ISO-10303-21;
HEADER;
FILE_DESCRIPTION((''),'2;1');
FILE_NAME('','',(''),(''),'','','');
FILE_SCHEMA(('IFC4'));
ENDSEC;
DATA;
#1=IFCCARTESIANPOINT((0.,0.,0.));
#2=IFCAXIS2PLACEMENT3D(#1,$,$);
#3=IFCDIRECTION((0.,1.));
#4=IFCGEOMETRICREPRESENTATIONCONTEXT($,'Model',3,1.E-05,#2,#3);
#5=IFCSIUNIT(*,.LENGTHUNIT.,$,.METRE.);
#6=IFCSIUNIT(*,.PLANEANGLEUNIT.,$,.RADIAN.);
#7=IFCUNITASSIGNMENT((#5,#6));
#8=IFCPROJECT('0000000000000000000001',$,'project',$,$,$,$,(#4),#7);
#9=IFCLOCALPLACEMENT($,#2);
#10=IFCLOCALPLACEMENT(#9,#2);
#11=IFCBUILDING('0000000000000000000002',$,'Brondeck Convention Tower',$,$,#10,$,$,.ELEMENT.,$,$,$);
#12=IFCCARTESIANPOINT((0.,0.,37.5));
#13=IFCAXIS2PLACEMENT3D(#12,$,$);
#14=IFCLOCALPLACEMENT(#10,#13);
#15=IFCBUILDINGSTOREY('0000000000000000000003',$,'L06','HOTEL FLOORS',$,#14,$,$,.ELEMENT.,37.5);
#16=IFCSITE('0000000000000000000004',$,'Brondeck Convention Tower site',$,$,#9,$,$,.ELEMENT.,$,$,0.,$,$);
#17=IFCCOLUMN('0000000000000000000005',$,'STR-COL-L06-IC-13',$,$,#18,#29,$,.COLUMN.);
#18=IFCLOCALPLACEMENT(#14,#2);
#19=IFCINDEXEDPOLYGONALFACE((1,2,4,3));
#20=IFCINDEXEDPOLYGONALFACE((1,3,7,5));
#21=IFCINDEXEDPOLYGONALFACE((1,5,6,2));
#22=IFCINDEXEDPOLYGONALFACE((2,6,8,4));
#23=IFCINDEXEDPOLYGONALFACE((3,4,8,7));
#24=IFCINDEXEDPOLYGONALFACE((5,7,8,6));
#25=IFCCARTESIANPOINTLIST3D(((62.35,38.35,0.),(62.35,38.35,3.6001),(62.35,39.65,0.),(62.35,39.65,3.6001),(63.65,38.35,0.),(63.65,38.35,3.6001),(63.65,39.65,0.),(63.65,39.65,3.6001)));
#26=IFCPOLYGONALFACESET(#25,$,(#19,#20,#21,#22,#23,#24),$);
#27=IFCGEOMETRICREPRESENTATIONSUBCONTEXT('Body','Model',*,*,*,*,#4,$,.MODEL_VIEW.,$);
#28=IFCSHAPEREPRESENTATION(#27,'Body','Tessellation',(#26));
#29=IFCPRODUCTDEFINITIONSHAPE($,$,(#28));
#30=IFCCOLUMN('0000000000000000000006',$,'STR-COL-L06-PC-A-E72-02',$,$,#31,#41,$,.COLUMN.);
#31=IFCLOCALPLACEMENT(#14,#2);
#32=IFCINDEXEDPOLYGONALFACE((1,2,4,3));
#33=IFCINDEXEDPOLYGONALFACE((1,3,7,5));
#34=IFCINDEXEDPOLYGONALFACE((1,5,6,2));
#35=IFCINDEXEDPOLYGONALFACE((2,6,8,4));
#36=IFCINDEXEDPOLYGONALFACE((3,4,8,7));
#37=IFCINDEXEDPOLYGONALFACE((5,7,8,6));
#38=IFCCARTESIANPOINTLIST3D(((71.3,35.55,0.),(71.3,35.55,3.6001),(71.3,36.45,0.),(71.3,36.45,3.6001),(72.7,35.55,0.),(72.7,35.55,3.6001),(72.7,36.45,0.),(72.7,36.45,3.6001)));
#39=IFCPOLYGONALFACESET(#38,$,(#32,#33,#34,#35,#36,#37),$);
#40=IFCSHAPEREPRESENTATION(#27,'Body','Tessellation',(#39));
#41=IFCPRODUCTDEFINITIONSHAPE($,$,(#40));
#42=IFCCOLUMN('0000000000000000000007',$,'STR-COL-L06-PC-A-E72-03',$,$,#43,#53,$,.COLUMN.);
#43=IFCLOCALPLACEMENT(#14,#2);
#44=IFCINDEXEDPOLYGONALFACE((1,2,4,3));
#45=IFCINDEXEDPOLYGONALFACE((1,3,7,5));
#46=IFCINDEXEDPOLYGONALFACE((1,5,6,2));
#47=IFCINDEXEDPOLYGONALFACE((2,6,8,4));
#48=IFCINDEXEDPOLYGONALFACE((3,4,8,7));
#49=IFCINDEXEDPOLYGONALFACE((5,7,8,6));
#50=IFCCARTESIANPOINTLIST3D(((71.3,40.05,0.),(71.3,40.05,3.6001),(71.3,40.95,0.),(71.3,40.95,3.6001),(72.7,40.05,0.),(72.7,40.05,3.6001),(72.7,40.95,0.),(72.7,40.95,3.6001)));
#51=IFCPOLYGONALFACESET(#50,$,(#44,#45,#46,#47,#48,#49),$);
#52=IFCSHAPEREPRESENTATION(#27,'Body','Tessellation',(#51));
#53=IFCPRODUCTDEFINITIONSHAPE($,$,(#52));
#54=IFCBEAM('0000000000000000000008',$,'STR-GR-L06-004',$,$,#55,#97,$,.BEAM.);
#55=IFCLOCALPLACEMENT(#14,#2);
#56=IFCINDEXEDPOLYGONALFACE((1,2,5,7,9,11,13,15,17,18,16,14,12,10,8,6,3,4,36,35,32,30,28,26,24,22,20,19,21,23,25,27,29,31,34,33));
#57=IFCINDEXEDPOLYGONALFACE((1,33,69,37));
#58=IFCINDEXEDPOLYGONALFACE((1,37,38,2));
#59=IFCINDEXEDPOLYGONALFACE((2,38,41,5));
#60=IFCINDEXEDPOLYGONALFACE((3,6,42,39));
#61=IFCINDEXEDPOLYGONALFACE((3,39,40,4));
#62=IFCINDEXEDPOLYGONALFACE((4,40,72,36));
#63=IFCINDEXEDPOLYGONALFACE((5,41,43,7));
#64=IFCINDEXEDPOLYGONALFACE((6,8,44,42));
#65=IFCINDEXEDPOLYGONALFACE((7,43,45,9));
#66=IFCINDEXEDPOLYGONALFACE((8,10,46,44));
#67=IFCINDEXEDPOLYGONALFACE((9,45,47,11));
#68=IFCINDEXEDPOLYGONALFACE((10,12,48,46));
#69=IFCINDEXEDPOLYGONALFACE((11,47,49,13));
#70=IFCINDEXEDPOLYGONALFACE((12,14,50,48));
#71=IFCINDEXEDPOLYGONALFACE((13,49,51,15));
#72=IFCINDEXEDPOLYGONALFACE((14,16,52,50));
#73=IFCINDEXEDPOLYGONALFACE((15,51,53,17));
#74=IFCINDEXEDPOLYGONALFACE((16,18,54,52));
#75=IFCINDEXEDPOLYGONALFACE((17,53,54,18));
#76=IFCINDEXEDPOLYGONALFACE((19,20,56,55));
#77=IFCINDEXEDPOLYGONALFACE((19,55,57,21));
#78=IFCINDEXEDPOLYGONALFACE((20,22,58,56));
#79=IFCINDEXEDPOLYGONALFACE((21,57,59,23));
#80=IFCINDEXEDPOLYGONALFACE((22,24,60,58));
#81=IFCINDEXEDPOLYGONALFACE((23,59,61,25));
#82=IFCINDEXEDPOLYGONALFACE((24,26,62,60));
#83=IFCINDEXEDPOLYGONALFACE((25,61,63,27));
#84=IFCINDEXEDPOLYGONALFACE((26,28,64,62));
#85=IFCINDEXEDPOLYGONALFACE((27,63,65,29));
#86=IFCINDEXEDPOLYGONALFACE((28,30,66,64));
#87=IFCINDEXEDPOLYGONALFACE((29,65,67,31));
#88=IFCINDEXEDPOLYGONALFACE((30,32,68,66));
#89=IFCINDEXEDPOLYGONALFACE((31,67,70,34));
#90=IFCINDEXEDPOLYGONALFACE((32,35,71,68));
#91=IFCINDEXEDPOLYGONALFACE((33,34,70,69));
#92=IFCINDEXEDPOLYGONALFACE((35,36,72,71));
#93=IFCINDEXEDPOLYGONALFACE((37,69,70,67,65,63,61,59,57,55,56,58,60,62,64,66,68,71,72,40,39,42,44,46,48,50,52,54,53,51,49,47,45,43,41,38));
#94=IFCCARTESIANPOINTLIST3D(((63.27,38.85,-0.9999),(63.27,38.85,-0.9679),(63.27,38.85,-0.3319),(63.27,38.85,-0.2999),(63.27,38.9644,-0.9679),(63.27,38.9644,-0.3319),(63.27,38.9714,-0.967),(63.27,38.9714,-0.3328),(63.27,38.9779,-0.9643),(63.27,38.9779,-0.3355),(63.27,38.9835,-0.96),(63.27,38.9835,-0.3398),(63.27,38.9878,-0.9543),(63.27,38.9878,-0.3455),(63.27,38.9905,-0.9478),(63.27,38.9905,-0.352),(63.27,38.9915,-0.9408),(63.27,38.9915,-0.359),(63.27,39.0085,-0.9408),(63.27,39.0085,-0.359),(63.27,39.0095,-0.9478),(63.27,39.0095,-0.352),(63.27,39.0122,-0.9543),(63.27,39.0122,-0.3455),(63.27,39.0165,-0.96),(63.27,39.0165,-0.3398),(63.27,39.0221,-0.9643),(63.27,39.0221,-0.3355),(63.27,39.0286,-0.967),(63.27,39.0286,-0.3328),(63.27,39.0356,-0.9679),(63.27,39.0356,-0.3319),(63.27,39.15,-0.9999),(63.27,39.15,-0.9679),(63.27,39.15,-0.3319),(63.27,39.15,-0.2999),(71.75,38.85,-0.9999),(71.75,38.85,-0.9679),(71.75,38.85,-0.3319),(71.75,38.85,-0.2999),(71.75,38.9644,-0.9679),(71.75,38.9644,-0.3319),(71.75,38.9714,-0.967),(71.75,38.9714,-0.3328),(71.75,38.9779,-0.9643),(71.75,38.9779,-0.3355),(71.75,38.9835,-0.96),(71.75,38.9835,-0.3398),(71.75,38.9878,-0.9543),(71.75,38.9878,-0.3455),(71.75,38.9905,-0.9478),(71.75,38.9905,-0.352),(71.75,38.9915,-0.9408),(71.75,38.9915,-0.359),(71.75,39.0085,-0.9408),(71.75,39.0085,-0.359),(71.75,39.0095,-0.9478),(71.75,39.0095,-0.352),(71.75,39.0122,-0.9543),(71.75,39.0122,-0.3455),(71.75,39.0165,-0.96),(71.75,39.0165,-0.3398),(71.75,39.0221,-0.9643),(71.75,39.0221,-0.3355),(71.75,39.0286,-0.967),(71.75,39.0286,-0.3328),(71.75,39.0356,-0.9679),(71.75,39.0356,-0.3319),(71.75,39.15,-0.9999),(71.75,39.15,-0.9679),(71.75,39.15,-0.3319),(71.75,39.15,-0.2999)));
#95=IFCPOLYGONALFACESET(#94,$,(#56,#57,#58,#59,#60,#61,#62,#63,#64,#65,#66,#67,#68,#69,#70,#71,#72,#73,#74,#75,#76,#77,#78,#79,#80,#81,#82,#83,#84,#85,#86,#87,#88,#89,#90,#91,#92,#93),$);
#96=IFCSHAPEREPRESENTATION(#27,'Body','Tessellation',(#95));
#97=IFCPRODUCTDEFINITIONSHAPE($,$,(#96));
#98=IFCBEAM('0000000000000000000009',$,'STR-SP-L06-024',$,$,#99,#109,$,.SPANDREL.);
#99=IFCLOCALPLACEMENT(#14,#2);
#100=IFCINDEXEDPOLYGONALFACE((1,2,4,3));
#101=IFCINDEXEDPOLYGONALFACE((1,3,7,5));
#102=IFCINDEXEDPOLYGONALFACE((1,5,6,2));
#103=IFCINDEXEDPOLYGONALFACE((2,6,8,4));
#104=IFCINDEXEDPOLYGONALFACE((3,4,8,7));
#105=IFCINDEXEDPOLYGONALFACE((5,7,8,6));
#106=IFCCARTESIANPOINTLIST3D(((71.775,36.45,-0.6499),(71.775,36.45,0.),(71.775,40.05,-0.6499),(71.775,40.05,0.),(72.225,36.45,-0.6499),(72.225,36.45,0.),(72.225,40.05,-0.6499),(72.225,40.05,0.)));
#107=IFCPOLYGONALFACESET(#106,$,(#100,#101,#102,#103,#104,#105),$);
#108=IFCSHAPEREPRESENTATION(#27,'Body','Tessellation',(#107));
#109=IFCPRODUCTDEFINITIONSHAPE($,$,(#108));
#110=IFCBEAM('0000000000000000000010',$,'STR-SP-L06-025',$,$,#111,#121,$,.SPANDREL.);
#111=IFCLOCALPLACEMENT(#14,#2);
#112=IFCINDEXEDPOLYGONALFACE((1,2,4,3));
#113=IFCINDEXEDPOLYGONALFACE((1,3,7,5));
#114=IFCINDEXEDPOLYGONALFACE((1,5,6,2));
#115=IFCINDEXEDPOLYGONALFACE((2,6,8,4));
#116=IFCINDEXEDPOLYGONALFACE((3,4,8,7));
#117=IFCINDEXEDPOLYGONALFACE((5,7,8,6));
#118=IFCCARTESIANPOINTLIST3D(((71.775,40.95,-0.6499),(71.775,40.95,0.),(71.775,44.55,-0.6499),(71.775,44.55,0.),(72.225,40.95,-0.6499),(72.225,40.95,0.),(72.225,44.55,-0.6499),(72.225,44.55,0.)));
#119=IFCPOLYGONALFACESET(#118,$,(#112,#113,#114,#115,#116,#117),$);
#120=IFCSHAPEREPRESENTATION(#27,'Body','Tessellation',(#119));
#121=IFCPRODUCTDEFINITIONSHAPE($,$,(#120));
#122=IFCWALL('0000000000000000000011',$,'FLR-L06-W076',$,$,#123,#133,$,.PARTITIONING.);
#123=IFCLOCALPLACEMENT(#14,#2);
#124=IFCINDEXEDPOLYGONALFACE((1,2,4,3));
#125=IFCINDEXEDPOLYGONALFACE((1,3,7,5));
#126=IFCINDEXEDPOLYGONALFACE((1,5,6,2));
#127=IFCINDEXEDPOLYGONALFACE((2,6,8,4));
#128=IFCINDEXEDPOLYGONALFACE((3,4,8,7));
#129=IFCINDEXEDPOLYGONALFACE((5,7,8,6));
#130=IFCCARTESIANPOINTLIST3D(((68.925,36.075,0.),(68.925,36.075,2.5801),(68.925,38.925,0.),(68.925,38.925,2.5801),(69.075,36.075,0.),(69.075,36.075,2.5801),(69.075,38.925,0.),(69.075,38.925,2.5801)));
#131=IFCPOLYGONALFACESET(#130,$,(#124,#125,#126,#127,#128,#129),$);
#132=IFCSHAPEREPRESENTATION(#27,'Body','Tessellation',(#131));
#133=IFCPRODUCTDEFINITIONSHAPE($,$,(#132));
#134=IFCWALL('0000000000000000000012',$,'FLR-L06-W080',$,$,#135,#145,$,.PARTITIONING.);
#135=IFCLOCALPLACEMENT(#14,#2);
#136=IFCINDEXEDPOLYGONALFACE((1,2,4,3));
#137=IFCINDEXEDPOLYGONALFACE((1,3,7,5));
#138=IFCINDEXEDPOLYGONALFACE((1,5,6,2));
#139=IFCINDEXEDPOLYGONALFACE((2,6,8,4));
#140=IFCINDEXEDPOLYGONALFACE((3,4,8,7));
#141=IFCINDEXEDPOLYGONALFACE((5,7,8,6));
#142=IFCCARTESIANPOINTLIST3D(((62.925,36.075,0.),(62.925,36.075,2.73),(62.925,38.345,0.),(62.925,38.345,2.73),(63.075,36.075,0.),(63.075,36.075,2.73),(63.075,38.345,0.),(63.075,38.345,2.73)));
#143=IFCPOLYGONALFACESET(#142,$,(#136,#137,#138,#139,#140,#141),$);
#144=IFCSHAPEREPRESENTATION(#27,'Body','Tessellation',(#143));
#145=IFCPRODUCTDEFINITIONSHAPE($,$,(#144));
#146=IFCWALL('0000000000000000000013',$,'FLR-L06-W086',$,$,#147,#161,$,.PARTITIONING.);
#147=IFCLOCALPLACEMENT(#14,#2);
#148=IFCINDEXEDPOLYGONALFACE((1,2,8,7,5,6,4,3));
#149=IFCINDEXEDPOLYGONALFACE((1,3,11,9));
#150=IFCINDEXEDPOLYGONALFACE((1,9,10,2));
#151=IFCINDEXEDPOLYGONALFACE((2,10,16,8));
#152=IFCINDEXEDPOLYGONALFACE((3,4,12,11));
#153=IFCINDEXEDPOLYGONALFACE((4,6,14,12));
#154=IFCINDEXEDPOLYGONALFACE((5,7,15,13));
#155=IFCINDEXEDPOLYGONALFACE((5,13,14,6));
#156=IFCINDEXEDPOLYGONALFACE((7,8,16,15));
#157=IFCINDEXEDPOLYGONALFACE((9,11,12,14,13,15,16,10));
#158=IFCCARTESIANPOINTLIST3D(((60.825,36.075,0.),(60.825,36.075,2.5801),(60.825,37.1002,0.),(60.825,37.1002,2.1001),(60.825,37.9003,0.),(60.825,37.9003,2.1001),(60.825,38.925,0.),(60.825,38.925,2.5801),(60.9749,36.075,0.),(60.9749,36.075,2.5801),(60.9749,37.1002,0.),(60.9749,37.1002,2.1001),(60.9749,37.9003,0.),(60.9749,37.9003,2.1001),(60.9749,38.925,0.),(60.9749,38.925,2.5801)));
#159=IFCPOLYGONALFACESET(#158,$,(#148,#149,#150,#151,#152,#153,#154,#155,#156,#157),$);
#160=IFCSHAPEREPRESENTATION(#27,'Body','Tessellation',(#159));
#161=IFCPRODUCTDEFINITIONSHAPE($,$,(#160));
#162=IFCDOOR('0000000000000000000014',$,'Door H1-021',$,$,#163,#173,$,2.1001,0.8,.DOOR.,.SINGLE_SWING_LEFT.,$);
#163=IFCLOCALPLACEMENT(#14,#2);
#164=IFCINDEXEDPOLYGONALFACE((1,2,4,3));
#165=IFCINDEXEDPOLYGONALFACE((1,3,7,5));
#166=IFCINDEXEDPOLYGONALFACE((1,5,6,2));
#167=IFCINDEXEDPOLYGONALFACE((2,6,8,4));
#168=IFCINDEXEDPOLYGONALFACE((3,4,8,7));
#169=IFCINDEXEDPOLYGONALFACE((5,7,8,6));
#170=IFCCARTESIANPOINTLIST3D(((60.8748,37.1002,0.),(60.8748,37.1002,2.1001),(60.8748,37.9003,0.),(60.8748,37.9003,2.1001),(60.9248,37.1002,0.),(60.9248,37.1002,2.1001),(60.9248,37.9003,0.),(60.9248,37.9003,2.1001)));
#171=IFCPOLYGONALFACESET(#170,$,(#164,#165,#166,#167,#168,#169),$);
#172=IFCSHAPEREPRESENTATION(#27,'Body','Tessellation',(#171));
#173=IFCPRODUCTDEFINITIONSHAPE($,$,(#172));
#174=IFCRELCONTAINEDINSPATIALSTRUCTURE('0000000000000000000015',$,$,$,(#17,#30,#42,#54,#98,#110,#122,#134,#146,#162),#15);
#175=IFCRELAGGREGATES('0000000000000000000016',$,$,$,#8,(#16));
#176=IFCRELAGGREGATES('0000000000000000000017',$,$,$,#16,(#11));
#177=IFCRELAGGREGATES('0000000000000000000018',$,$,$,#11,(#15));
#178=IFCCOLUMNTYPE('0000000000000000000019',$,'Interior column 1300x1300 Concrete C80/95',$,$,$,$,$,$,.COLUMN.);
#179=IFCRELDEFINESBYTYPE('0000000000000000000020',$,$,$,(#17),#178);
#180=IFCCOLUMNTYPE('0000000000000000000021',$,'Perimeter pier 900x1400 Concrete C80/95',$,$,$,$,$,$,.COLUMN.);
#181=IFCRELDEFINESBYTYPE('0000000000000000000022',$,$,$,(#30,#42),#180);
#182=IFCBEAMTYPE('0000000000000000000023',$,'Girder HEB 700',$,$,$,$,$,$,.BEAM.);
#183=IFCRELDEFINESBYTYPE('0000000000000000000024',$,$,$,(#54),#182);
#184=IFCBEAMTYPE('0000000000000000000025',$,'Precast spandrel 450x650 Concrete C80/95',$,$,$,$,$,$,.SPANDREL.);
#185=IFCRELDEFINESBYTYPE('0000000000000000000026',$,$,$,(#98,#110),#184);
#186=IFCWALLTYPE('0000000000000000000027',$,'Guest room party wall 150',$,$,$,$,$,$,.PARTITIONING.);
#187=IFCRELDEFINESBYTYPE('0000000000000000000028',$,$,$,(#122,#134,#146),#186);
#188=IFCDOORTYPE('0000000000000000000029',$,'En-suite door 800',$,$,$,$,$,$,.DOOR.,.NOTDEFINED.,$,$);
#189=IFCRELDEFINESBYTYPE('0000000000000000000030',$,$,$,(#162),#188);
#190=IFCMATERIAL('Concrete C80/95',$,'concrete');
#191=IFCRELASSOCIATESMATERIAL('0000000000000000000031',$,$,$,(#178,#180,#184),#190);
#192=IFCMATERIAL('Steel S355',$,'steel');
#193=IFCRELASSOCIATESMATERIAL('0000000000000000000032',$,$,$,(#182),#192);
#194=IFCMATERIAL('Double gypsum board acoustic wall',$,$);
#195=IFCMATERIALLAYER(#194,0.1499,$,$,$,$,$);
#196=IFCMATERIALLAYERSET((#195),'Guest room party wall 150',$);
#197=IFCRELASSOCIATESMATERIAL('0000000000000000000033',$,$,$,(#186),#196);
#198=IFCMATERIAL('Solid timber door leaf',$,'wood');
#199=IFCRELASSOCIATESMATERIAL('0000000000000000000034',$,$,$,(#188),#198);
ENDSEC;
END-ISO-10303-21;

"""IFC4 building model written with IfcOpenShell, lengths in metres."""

from ifc_helpers import new_model, si_unit, direction, frame, frame_2d, origin, origin_2d, place, context, subcontext, project, spatial, rectangle, i_section, extrude, material, layer, layer_set, material_profile, profile_set, type_object, element, fill, save


model = new_model("IFC4")

# Units and contexts
model_context = context("Model", 3, precision=1e-05, world=origin(), true_north=direction((0.0, 1.0)))
body_context = subcontext(model_context, "Body", "Model", "MODEL_VIEW")
ifc_project = project(units=[si_unit("LENGTHUNIT", "METRE"), si_unit("PLANEANGLEUNIT", "RADIAN")], contexts=[model_context])

# Site, building, storey
site_placement = place(None, origin())
site = spatial("IfcSite", under=ifc_project, at=site_placement, Name="Brondeck Convention Tower site", CompositionType="ELEMENT", RefElevation=0.0)
building_placement = place(site_placement, origin())
building = spatial("IfcBuilding", under=site, at=building_placement, Name="Brondeck Convention Tower", CompositionType="ELEMENT")
storey_placement = place(building_placement, frame((0.0, 0.0, 37.5)))
storey = spatial("IfcBuildingStorey", under=building, at=storey_placement, Name="L06", Description="HOTEL FLOORS", CompositionType="ELEMENT", Elevation=37.5)

# Columns
ifc_material_1 = material(Name="Concrete C80/95", Category="concrete")
ifc_material_profile_1 = material_profile(ifc_material_1, rectangle(XDim=1.3, YDim=1.3, at=origin_2d()), Name="Interior column 1300x1300 Concrete C80/95")
ifc_profile_set_1 = profile_set([ifc_material_profile_1], Name="Concrete C80/95")
column_type_1 = type_object("IfcColumnType", Name="Interior column 1300x1300 Concrete C80/95", PredefinedType="COLUMN", material=ifc_profile_set_1)
column_placement = place(storey_placement, frame((63.0, 39.0, 0.0), z_axis=(0.0, 0.0, 1.0), x_axis=(1.0, 0.0, 0.0)))
element("IfcColumn", 1, at=column_placement, inside=storey, type_object=column_type_1, Name="STR-COL-L06-IC-13", PredefinedType="COLUMN", context=body_context, shape_type="SweptSolid", body=[
    extrude(rectangle(XDim=1.3, YDim=1.3, at=origin_2d()), origin(), (0.0, 0.0, 1.0), 3.6001),
])
ifc_material_profile_2 = material_profile(ifc_material_1, rectangle(XDim=0.8999, YDim=1.3999, at=origin_2d()), Name="Perimeter pier 900x1400 Concrete C80/95")
ifc_profile_set_2 = profile_set([ifc_material_profile_2], Name="Concrete C80/95")
column_type_2 = type_object("IfcColumnType", Name="Perimeter pier 900x1400 Concrete C80/95", PredefinedType="COLUMN", material=ifc_profile_set_2)
for number, where, z_axis, x_axis, name in (
    (2, (72.0, 36.0, 0.0), (0.0, 0.0, 1.0), (0.0, 1.0, 0.0), "STR-COL-L06-PC-A-E72-02"),
    (3, (72.0, 40.5, 0.0), (0.0, 0.0, 1.0), (0.0, 1.0, 0.0), "STR-COL-L06-PC-A-E72-03"),
):
    element("IfcColumn", number, at=place(storey_placement, frame(where, z_axis=z_axis, x_axis=x_axis)), inside=storey, type_object=column_type_2, Name=name, PredefinedType="COLUMN", context=body_context, shape_type="SweptSolid", body=[
        extrude(rectangle(XDim=0.8999, YDim=1.3999, at=origin_2d()), origin(), (0.0, 0.0, 1.0), 3.6001),
    ])

# Beams
ifc_material_2 = material(Name="Steel S355", Category="steel")
ifc_material_profile_3 = material_profile(ifc_material_2, i_section(OverallWidth=0.3, OverallDepth=0.7, WebThickness=0.0171, FlangeThickness=0.032, FilletRadius=0.0271, at=origin_2d()), Name="HEB 700")
ifc_profile_set_3 = profile_set([ifc_material_profile_3], Name="Steel S355")
beam_type_1 = type_object("IfcBeamType", Name="Girder HEB 700", PredefinedType="BEAM", material=ifc_profile_set_3)
beam_placement = place(storey_placement, frame((63.27, 39.0, -0.6499), z_axis=(1.0, 0.0, 0.0), x_axis=(0.0, 1.0, 0.0)))
element("IfcBeam", 4, at=beam_placement, inside=storey, type_object=beam_type_1, Name="STR-GR-L06-004", PredefinedType="BEAM", context=body_context, shape_type="SweptSolid", body=[
    extrude(i_section(OverallWidth=0.3, OverallDepth=0.7, WebThickness=0.0171, FlangeThickness=0.032, FilletRadius=0.0271, at=origin_2d()), origin(), (0.0, 0.0, 1.0), 8.48),
])
ifc_material_profile_4 = material_profile(ifc_material_1, rectangle(XDim=0.45, YDim=0.6499, at=origin_2d()), Name="Precast spandrel 450x650 Concrete C80/95")
ifc_profile_set_4 = profile_set([ifc_material_profile_4], Name="Concrete C80/95")
beam_type_2 = type_object("IfcBeamType", Name="Precast spandrel 450x650 Concrete C80/95", PredefinedType="SPANDREL", material=ifc_profile_set_4)
for number, where, z_axis, x_axis, name in (
    (5, (72.0, 36.45, -0.325), (0.0, 1.0, 0.0), (-1.0, 0.0, 0.0), "STR-SP-L06-024"),
    (6, (72.0, 40.95, -0.325), (0.0, 1.0, 0.0), (-1.0, 0.0, 0.0), "STR-SP-L06-025"),
):
    element("IfcBeam", number, at=place(storey_placement, frame(where, z_axis=z_axis, x_axis=x_axis)), inside=storey, type_object=beam_type_2, Name=name, PredefinedType="SPANDREL", context=body_context, shape_type="SweptSolid", body=[
        extrude(rectangle(XDim=0.45, YDim=0.6499, at=origin_2d()), origin(), (0.0, 0.0, 1.0), 3.6001),
    ])

# Walls
ifc_material_3 = material(Name="Double gypsum board acoustic wall")
ifc_layer_1 = layer(ifc_material_3, 0.1499)
ifc_layer_set_1 = layer_set([ifc_layer_1], Name="Guest room party wall 150")
wall_type_1 = type_object("IfcWallType", Name="Guest room party wall 150", PredefinedType="PARTITIONING", material=ifc_layer_set_1)
wall_1_placement = place(storey_placement, frame((69.0, 36.075, 0.0), z_axis=(0.0, 0.0, 1.0), x_axis=(0.0, 1.0, 0.0)))
element("IfcWall", 7, at=wall_1_placement, inside=storey, type_object=wall_type_1, Name="FLR-L06-W076", PredefinedType="PARTITIONING", context=body_context, shape_type="SweptSolid", body=[
    extrude(rectangle(XDim=2.8501, YDim=0.1499, at=frame_2d((1.425, 0.0))), origin(), (0.0, 0.0, 1.0), 2.5801),
])
wall_2_placement = place(storey_placement, frame((63.0, 38.345, 0.0), z_axis=(0.0, 0.0, 1.0), x_axis=(0.0, -1.0, 0.0)))
element("IfcWall", 8, at=wall_2_placement, inside=storey, type_object=wall_type_1, Name="FLR-L06-W080", PredefinedType="PARTITIONING", context=body_context, shape_type="SweptSolid", body=[
    extrude(rectangle(XDim=2.27, YDim=0.1499, at=frame_2d((1.135, 0.0))), origin(), (0.0, 0.0, 1.0), 2.73),
])

# Wall, opening, door
wall_3_placement = place(storey_placement, frame((60.8999, 38.925, 0.0), z_axis=(0.0, 0.0, 1.0), x_axis=(0.0, -1.0, 0.0)))
wall_3 = element("IfcWall", 9, at=wall_3_placement, inside=storey, type_object=wall_type_1, Name="FLR-L06-W086", PredefinedType="PARTITIONING", context=body_context, shape_type="SweptSolid", body=[
    extrude(rectangle(XDim=2.8501, YDim=0.1499, at=frame_2d((1.425, 0.0))), origin(), (0.0, 0.0, 1.0), 2.5801),
])
opening_1_placement = place(wall_3_placement, frame((1.0249, 0.0, 0.0)))
opening_1 = element("IfcOpeningElement", 10, at=opening_1_placement, cuts=wall_3, PredefinedType="OPENING", context=body_context, shape_type="SweptSolid", body=[
    extrude(rectangle(XDim=0.8, YDim=2.1001, at=frame_2d((0.3999, 1.05))), frame((0.0, 0.085, 0.0), z_axis=(0.0, -1.0, 0.0), x_axis=(1.0, 0.0, 0.0)), (0.0, 0.0, 1.0), 0.1699),
])
ifc_material_4 = material(Name="Solid timber door leaf", Category="wood")
door_type_1 = type_object("IfcDoorType", Name="En-suite door 800", OperationType="NOTDEFINED", PredefinedType="DOOR", material=ifc_material_4)
door_1_placement = place(opening_1_placement, origin())
door_1 = element("IfcDoor", 11, at=door_1_placement, inside=storey, type_object=door_type_1, Name="Door H1-021", OperationType="SINGLE_SWING_LEFT", OverallHeight=2.1001, OverallWidth=0.8, PredefinedType="DOOR", context=body_context, shape_type="SweptSolid", body=[
    extrude(rectangle(XDim=0.8, YDim=2.1001, at=frame_2d((0.3999, 1.05))), frame((0.0, 0.0249, 0.0), z_axis=(0.0, -1.0, 0.0), x_axis=(1.0, 0.0, 0.0)), (0.0, 0.0, 1.0), 0.05),
])
fill(opening_1, door_1)

save(model, "model.ifc")
